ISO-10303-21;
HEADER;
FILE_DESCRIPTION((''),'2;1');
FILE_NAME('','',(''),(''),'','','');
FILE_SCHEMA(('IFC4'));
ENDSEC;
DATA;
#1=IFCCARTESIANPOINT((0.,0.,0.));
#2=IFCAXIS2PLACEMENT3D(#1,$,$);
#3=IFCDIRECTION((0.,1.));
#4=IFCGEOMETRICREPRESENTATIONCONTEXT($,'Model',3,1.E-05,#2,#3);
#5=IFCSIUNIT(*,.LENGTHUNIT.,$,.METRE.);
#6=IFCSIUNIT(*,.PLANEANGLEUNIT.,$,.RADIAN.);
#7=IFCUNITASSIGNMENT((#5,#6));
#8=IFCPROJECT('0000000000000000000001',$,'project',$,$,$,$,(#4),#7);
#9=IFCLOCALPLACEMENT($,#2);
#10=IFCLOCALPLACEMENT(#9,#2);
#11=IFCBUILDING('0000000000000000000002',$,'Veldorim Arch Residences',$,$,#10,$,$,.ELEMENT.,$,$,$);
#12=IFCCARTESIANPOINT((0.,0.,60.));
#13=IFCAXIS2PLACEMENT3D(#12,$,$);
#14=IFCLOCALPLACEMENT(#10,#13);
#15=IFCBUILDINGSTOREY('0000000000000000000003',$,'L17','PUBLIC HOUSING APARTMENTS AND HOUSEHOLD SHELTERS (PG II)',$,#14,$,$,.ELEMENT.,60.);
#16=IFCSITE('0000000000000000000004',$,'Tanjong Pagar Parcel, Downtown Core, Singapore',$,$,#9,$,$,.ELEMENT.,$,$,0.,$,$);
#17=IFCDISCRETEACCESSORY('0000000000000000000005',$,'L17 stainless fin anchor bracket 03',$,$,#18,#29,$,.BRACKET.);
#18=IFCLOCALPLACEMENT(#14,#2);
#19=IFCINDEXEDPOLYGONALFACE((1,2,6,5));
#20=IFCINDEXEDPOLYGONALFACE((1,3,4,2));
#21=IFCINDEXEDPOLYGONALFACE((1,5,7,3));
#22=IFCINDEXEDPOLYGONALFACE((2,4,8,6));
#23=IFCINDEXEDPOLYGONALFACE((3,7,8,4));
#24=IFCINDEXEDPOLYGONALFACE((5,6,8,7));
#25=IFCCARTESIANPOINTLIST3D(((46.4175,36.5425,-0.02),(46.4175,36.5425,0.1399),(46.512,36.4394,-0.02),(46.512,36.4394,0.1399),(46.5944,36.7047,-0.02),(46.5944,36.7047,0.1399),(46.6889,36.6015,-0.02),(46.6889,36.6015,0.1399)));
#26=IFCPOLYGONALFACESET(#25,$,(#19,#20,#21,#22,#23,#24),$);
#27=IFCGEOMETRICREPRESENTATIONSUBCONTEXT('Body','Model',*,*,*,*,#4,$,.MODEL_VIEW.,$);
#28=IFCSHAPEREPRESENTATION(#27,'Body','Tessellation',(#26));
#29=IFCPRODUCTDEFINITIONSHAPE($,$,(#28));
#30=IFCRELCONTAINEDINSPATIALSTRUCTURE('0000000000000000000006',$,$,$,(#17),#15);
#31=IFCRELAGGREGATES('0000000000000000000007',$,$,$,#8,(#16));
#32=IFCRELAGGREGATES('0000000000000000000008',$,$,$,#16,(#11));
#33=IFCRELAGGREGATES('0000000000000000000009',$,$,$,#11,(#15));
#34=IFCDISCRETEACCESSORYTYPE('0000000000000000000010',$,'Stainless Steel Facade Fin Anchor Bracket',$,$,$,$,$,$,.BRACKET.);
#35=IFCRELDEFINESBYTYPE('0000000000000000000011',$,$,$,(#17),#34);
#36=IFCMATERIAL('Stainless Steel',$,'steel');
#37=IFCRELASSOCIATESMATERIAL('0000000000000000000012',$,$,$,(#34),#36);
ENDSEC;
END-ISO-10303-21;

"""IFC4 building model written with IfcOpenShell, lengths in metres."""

from ifc_helpers import new_model, si_unit, direction, frame, origin, origin_2d, place, context, subcontext, project, spatial, rectangle, extrude, material, type_object, element, save


model = new_model("IFC4")

# Units and contexts
model_context = context("Model", 3, precision=1e-05, world=origin(), true_north=direction((0.0, 1.0)))
body_context = subcontext(model_context, "Body", "Model", "MODEL_VIEW")
ifc_project = project(units=[si_unit("LENGTHUNIT", "METRE"), si_unit("PLANEANGLEUNIT", "RADIAN")], contexts=[model_context])

# Site, building, storey
site_placement = place(None, origin())
site = spatial("IfcSite", under=ifc_project, at=site_placement, Name="Tanjong Pagar Parcel, Downtown Core, Singapore", CompositionType="ELEMENT", RefElevation=0.0)
building_placement = place(site_placement, origin())
building = spatial("IfcBuilding", under=site, at=building_placement, Name="Veldorim Arch Residences", CompositionType="ELEMENT")
storey_placement = place(building_placement, frame((0.0, 0.0, 60.0)))
storey = spatial("IfcBuildingStorey", under=building, at=storey_placement, Name="L17", Description="PUBLIC HOUSING APARTMENTS AND HOUSEHOLD SHELTERS (PG II)", CompositionType="ELEMENT", Elevation=60.0)

# Discrete accessory
ifc_material_1 = material(Name="Stainless Steel", Category="steel")
discrete_accessory_type = type_object("IfcDiscreteAccessoryType", Name="Stainless Steel Facade Fin Anchor Bracket", PredefinedType="BRACKET", material=ifc_material_1)
discrete_accessory_placement = place(storey_placement, frame((46.5532, 36.572, -0.02), z_axis=(0.0, 0.0, 1.0), x_axis=(0.675719, -0.737159, 0.0)))
element("IfcDiscreteAccessory", 1, at=discrete_accessory_placement, inside=storey, type_object=discrete_accessory_type, Name="L17 stainless fin anchor bracket 03", PredefinedType="BRACKET", context=body_context, shape_type="SweptSolid", body=[
    extrude(rectangle(XDim=0.1399, YDim=0.24, at=origin_2d()), origin(), (0.0, 0.0, 1.0), 0.1599),
])

save(model, "model.ifc")
